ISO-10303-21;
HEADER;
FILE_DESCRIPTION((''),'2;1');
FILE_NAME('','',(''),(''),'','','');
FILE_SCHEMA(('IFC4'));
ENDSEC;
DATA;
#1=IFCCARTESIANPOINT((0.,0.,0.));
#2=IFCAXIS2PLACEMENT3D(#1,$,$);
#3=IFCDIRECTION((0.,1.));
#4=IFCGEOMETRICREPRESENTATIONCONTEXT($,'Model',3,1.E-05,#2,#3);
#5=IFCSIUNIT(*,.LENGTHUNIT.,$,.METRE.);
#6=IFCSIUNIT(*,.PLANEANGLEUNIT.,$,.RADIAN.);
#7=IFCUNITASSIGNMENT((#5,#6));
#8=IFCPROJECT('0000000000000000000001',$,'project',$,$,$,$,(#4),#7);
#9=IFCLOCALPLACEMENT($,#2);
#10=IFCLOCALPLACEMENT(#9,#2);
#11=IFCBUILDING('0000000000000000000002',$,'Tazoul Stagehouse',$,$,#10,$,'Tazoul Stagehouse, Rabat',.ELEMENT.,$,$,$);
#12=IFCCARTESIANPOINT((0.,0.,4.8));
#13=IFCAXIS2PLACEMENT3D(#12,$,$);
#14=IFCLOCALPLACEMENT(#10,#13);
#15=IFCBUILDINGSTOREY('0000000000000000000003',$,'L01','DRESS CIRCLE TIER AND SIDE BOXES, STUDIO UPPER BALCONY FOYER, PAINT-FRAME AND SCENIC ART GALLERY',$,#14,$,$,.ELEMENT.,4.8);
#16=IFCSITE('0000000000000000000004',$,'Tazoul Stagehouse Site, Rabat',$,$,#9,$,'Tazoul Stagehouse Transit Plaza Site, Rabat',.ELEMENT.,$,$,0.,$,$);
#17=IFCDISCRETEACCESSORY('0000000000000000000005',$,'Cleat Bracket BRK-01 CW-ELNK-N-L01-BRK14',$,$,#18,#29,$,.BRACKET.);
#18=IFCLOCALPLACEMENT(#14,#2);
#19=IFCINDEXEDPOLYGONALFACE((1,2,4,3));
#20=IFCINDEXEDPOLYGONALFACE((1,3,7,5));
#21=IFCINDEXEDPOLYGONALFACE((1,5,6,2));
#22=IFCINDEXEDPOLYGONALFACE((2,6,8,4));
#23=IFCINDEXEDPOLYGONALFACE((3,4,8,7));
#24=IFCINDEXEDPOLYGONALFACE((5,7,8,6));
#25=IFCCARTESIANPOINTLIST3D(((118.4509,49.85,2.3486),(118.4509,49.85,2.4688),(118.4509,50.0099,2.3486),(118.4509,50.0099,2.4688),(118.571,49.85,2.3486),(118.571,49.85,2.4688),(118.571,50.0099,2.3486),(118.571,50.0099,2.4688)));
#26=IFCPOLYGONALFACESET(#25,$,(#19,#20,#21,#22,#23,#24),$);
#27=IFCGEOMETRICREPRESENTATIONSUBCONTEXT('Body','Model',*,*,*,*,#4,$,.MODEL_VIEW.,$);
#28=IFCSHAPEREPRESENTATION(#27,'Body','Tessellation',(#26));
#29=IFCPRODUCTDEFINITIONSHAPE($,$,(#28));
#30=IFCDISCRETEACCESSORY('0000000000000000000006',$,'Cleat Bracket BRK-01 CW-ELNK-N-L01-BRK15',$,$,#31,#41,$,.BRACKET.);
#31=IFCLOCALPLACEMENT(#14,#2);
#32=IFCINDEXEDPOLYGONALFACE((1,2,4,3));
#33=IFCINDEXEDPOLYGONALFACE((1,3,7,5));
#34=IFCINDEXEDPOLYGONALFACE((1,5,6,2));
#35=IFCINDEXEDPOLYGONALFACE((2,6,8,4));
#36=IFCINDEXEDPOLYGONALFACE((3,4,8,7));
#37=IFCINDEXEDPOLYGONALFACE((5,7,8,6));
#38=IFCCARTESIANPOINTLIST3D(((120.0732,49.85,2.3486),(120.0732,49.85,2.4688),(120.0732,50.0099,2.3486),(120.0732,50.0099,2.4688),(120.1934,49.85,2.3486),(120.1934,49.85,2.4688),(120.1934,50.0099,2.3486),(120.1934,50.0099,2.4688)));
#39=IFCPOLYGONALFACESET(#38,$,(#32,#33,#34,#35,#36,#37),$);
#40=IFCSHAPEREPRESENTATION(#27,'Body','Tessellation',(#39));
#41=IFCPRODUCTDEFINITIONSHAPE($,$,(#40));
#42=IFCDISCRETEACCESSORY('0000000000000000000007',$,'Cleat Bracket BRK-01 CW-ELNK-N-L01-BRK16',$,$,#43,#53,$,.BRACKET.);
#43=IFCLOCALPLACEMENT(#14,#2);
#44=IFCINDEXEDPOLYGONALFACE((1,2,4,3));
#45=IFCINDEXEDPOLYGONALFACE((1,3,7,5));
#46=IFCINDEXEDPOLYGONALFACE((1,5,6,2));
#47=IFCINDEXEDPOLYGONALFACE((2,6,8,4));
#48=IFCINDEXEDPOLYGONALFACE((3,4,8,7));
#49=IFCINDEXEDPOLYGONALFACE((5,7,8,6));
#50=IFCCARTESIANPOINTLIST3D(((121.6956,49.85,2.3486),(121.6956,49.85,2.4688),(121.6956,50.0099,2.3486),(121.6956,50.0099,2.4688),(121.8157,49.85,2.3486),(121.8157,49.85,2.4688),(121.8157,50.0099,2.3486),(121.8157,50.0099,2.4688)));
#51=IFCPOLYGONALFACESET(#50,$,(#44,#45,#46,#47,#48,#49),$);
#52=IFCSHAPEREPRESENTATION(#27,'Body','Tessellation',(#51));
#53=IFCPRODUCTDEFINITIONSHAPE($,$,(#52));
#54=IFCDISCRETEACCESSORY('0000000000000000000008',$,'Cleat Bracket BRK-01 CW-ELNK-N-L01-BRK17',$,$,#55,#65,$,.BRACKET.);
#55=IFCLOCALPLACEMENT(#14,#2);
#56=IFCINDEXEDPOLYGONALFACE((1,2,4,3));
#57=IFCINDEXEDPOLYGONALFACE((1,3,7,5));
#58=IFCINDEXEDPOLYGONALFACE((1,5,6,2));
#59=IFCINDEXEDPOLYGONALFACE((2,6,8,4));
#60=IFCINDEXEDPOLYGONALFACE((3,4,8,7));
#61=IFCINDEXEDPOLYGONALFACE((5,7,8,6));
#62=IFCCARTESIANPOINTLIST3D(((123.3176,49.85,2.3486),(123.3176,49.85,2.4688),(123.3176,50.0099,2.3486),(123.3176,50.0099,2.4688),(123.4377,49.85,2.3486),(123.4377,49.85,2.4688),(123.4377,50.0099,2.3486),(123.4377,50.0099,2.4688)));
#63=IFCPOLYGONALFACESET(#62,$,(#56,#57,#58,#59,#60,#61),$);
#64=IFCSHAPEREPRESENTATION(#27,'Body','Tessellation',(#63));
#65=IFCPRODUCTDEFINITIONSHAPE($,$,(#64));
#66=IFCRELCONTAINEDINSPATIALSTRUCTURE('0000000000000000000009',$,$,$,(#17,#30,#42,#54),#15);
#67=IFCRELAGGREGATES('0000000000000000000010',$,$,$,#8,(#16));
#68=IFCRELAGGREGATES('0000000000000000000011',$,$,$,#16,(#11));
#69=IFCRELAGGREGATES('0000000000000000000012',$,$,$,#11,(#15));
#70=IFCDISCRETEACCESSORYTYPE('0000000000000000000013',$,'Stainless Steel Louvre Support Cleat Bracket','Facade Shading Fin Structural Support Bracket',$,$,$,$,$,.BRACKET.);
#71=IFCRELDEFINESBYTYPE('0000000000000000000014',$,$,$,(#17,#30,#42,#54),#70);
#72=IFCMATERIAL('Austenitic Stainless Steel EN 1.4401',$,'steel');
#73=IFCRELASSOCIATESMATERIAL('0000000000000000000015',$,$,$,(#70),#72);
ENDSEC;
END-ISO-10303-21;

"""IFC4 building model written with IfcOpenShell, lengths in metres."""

from ifc_helpers import new_model, si_unit, direction, frame, origin, origin_2d, place, context, subcontext, project, spatial, rectangle, extrude, material, type_object, element, save


model = new_model("IFC4")

# Units and contexts
model_context = context("Model", 3, precision=1e-05, world=origin(), true_north=direction((0.0, 1.0)))
body_context = subcontext(model_context, "Body", "Model", "MODEL_VIEW")
ifc_project = project(units=[si_unit("LENGTHUNIT", "METRE"), si_unit("PLANEANGLEUNIT", "RADIAN")], contexts=[model_context])

# Site, building, storey
site_placement = place(None, origin())
site = spatial("IfcSite", under=ifc_project, at=site_placement, Name="Tazoul Stagehouse Site, Rabat", LongName="Tazoul Stagehouse Transit Plaza Site, Rabat", CompositionType="ELEMENT", RefElevation=0.0)
building_placement = place(site_placement, origin())
building = spatial("IfcBuilding", under=site, at=building_placement, Name="Tazoul Stagehouse", LongName="Tazoul Stagehouse, Rabat", CompositionType="ELEMENT")
storey_placement = place(building_placement, frame((0.0, 0.0, 4.8)))
storey = spatial("IfcBuildingStorey", under=building, at=storey_placement, Name="L01", Description="DRESS CIRCLE TIER AND SIDE BOXES, STUDIO UPPER BALCONY FOYER, PAINT-FRAME AND SCENIC ART GALLERY", CompositionType="ELEMENT", Elevation=4.8)

# Discrete accessories
ifc_material_1 = material(Name="Austenitic Stainless Steel EN 1.4401", Category="steel")
discrete_accessory_type = type_object("IfcDiscreteAccessoryType", Name="Stainless Steel Louvre Support Cleat Bracket", Description="Facade Shading Fin Structural Support Bracket", PredefinedType="BRACKET", material=ifc_material_1)
for number, where, z_axis, x_axis, name in (
    (1, (118.511, 49.9299, 2.3486), (0.0, 0.0, 1.0), (1.0, 0.0, 0.0), "Cleat Bracket BRK-01 CW-ELNK-N-L01-BRK14"),
    (2, (120.1333, 49.9299, 2.3486), (0.0, 0.0, 1.0), (1.0, 0.0, 0.0), "Cleat Bracket BRK-01 CW-ELNK-N-L01-BRK15"),
    (3, (121.7556, 49.9299, 2.3486), (0.0, 0.0, 1.0), (1.0, 0.0, 0.0), "Cleat Bracket BRK-01 CW-ELNK-N-L01-BRK16"),
    (4, (123.3777, 49.9299, 2.3486), (0.0, 0.0, 1.0), (1.0, 0.0, 0.0), "Cleat Bracket BRK-01 CW-ELNK-N-L01-BRK17"),
):
    element("IfcDiscreteAccessory", number, at=place(storey_placement, frame(where, z_axis=z_axis, x_axis=x_axis)), inside=storey, type_object=discrete_accessory_type, Name=name, PredefinedType="BRACKET", context=body_context, shape_type="SweptSolid", body=[
        extrude(rectangle(XDim=0.1201, YDim=0.1599, at=origin_2d()), origin(), (0.0, 0.0, 1.0), 0.1201),
    ])

save(model, "model.ifc")
